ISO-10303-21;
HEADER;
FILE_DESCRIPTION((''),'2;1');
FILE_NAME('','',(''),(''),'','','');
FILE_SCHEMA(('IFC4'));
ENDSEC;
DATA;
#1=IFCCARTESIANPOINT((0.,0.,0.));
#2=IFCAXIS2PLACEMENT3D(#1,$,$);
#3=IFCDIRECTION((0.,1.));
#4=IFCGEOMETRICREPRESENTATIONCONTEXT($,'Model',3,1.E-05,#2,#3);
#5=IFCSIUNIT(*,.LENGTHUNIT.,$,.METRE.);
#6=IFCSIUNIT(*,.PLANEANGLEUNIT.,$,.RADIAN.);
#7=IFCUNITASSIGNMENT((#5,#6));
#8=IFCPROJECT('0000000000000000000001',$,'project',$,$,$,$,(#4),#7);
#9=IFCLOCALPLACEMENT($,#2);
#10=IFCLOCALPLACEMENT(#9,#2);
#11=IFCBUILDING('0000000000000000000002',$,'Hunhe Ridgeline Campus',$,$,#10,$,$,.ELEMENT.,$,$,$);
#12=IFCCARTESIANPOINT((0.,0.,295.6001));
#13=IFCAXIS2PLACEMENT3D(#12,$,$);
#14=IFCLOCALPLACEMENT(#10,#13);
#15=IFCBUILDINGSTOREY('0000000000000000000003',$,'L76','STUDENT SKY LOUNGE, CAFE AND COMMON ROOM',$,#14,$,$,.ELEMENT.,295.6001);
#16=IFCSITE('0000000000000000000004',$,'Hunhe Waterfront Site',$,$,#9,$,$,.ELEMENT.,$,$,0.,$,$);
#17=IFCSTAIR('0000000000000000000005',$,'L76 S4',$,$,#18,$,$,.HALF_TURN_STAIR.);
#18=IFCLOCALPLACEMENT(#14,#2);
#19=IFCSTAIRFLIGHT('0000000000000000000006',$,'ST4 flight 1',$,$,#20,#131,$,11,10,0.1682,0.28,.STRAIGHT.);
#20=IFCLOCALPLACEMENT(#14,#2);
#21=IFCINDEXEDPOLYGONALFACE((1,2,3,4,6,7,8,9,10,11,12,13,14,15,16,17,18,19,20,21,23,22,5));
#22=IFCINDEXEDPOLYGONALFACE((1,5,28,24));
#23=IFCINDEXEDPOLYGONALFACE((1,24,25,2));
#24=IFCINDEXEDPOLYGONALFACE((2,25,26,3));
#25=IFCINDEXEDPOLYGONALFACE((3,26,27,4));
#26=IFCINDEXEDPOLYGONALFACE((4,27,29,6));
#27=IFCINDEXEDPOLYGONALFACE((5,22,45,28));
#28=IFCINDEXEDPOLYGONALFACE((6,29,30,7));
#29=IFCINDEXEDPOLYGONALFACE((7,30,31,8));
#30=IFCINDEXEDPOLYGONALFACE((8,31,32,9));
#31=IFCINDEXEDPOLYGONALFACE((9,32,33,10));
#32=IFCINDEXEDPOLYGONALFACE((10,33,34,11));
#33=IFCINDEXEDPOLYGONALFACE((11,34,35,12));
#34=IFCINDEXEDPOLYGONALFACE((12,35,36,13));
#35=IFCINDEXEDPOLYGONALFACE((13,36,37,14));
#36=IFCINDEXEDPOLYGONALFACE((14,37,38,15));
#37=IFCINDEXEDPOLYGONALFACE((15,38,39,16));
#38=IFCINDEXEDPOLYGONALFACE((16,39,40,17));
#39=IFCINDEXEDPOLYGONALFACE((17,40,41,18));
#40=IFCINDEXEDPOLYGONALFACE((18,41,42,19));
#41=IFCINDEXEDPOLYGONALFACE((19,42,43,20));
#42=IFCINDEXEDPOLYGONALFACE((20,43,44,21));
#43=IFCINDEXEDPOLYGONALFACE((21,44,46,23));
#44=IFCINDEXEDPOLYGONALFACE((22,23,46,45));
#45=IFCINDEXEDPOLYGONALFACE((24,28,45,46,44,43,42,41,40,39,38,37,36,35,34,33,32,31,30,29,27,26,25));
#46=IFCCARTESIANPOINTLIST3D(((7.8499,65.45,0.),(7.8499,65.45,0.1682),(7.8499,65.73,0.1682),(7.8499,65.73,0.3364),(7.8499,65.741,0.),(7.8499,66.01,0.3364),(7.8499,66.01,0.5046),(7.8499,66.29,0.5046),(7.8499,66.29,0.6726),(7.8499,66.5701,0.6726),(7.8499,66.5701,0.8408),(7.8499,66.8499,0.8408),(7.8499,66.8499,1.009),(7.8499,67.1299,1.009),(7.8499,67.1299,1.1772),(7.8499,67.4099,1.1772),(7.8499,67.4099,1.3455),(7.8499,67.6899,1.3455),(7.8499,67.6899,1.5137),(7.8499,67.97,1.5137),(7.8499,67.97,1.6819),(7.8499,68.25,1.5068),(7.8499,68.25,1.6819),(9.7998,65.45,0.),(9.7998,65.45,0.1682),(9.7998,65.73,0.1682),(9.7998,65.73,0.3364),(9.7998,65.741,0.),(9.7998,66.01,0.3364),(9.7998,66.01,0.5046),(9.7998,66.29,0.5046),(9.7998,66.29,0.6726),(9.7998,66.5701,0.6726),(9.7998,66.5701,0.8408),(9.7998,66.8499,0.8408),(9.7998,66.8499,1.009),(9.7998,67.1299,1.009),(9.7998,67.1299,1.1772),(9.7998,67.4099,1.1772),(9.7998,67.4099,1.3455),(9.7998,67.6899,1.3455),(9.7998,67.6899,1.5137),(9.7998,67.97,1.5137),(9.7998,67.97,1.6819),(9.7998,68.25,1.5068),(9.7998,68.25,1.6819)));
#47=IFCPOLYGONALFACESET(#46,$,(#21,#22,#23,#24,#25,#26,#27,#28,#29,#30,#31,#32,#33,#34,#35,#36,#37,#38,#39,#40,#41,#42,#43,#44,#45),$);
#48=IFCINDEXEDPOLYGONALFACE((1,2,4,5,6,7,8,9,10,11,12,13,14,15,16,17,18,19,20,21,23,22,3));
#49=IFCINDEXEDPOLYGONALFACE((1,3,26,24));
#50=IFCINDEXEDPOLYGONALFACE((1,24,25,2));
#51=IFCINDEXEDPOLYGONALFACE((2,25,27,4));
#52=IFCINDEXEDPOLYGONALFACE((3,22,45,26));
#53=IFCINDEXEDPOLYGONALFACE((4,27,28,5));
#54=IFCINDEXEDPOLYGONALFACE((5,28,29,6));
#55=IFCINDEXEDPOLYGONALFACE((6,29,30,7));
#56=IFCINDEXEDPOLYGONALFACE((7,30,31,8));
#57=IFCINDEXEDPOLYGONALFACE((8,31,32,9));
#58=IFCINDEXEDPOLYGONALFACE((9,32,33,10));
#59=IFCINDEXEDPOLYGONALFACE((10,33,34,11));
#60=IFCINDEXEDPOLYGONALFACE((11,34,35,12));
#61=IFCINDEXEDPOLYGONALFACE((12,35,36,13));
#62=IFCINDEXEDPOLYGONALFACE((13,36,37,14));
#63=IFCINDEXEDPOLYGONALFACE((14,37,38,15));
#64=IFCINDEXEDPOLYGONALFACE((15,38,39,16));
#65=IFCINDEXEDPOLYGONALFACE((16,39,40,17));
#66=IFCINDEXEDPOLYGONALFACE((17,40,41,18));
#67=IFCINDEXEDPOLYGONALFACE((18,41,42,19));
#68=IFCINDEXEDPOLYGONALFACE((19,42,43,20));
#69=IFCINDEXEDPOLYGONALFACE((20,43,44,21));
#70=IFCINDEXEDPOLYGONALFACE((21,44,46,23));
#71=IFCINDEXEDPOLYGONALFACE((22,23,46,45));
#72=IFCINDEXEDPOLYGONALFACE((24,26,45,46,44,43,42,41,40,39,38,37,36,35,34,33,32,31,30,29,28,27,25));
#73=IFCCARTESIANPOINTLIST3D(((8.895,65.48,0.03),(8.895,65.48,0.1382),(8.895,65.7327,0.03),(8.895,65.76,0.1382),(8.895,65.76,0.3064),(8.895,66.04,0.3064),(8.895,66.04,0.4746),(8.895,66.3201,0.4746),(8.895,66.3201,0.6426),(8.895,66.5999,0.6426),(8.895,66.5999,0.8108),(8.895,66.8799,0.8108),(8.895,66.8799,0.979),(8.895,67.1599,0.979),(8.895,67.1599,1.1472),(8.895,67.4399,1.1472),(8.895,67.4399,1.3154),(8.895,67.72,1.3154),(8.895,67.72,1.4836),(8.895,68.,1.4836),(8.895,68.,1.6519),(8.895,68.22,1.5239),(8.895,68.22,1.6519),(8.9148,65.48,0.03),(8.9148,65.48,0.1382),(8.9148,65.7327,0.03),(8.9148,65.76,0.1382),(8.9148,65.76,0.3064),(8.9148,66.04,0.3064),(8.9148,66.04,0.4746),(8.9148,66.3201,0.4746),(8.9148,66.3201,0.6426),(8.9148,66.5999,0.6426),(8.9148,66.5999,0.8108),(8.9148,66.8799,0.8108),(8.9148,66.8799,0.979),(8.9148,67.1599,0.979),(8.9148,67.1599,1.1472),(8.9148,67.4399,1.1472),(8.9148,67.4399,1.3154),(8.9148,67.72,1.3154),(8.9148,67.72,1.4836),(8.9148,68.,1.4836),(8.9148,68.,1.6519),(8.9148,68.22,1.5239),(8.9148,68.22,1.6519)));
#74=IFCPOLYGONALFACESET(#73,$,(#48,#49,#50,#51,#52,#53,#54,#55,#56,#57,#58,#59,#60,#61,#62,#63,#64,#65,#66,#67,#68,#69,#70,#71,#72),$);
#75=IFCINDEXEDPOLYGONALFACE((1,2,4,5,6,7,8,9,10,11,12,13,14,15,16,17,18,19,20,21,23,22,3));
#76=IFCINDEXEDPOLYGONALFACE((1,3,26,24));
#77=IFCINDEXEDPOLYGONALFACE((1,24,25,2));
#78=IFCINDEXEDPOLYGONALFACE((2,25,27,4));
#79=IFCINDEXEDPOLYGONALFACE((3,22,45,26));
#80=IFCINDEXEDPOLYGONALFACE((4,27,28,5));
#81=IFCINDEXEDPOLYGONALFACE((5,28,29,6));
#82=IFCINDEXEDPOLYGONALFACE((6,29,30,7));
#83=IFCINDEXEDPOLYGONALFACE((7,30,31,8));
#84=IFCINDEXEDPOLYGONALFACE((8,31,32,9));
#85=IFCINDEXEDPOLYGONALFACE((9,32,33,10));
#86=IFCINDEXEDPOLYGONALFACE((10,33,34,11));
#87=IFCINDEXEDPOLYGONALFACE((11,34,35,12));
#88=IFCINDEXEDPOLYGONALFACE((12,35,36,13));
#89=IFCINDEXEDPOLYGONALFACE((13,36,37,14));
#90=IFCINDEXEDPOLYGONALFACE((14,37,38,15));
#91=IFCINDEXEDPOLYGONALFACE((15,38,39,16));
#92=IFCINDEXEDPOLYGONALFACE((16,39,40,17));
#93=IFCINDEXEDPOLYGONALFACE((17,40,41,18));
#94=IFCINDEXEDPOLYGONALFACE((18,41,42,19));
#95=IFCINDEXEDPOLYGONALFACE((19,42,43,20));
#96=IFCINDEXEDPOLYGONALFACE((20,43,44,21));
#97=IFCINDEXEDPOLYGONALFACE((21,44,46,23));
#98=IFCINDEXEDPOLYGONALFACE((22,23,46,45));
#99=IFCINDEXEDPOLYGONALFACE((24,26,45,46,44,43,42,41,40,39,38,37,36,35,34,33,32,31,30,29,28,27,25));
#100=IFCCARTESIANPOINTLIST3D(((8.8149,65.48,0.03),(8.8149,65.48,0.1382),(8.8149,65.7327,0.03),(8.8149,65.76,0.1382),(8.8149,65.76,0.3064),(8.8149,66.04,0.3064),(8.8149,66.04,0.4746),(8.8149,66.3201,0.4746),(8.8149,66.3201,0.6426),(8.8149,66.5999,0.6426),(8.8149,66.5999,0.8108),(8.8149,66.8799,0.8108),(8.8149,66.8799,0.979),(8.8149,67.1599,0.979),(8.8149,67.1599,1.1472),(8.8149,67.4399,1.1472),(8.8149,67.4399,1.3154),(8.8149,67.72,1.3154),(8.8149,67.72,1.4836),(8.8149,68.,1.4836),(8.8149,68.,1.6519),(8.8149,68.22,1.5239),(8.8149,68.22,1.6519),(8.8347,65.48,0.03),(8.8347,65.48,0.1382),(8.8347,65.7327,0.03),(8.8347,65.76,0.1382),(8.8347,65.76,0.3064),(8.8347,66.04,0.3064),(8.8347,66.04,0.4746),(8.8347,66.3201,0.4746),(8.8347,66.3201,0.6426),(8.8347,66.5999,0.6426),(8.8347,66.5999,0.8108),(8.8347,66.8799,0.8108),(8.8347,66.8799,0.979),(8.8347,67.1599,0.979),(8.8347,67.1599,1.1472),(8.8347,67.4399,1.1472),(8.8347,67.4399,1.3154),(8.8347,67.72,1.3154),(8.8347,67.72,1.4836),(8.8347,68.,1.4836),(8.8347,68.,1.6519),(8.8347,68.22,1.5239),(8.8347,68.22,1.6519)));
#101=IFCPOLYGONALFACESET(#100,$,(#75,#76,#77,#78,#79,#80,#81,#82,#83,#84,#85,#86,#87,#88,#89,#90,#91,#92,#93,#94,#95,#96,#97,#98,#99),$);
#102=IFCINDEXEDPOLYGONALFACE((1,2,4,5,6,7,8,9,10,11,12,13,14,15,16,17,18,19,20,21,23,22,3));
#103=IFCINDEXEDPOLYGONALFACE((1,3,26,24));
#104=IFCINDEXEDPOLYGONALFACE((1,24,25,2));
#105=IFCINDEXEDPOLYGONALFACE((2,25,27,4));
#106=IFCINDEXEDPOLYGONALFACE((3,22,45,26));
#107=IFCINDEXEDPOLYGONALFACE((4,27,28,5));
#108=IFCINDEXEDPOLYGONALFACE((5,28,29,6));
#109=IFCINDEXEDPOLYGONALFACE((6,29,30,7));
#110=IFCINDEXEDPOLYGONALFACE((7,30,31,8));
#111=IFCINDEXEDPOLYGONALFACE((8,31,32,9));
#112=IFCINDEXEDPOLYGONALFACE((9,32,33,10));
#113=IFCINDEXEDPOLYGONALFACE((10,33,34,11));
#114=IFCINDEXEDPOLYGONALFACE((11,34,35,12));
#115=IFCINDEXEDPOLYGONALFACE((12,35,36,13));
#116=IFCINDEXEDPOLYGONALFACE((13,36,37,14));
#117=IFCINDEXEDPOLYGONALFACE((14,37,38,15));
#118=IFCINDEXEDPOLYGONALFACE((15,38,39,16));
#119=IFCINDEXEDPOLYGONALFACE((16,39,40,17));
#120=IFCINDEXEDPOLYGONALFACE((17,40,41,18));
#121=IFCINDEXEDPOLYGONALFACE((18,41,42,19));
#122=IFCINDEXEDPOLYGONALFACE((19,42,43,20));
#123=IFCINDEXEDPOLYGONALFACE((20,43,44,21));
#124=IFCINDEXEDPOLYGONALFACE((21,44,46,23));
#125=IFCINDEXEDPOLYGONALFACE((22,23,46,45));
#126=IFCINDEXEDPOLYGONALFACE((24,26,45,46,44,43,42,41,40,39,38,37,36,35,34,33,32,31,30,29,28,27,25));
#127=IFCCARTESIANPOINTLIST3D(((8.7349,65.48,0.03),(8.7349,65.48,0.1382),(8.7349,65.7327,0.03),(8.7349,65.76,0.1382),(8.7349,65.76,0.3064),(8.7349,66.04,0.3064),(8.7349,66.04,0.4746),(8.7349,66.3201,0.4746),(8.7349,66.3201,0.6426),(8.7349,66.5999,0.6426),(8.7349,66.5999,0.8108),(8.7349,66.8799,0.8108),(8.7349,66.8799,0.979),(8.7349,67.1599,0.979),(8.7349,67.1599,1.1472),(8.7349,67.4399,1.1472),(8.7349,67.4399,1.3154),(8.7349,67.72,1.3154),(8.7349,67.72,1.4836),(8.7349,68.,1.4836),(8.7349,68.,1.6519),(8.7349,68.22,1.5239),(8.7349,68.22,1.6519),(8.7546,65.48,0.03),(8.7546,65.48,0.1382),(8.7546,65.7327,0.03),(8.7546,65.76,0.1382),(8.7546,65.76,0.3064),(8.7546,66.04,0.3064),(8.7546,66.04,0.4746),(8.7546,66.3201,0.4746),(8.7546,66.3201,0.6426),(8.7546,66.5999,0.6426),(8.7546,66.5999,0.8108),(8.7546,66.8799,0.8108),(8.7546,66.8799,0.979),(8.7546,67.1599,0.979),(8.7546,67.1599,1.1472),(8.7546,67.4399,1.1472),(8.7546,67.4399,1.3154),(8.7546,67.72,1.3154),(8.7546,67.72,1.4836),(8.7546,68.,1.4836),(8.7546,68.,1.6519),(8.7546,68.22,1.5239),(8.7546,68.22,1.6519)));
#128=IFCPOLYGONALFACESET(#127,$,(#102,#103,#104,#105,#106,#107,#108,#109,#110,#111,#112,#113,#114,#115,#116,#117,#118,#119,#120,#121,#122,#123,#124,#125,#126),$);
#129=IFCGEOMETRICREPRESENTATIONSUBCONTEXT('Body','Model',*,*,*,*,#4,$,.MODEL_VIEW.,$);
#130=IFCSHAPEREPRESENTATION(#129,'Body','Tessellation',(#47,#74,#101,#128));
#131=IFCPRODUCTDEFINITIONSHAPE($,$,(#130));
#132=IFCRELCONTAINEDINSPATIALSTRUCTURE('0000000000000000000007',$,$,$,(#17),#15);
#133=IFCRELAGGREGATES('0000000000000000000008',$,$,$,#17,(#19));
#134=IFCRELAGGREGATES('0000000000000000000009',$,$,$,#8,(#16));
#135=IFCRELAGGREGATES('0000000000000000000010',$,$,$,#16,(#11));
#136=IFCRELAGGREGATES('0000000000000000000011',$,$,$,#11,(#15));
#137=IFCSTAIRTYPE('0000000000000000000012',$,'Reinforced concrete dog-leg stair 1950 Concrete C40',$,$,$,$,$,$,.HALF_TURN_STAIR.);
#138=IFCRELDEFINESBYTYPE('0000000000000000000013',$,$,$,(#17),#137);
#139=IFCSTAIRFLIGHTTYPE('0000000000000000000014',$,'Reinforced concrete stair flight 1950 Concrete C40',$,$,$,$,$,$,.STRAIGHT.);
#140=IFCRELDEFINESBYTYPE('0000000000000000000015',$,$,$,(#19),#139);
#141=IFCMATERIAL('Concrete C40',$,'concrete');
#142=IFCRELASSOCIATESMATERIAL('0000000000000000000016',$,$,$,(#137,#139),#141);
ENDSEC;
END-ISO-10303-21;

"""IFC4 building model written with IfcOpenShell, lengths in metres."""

from ifc_helpers import new_model, si_unit, direction, frame, origin, place, context, subcontext, project, spatial, polyline, outline, extrude, material, type_object, element, aggregate, save


model = new_model("IFC4")

# Units and contexts
model_context = context("Model", 3, precision=1e-05, world=origin(), true_north=direction((0.0, 1.0)))
body_context = subcontext(model_context, "Body", "Model", "MODEL_VIEW")
ifc_project = project(units=[si_unit("LENGTHUNIT", "METRE"), si_unit("PLANEANGLEUNIT", "RADIAN")], contexts=[model_context])

# Site, building, storey
site_placement = place(None, origin())
site = spatial("IfcSite", under=ifc_project, at=site_placement, Name="Hunhe Waterfront Site", CompositionType="ELEMENT", RefElevation=0.0)
building_placement = place(site_placement, origin())
building = spatial("IfcBuilding", under=site, at=building_placement, Name="Hunhe Ridgeline Campus", CompositionType="ELEMENT")
storey_placement = place(building_placement, frame((0.0, 0.0, 295.6001)))
storey = spatial("IfcBuildingStorey", under=building, at=storey_placement, Name="L76", Description="STUDENT SKY LOUNGE, CAFE AND COMMON ROOM", CompositionType="ELEMENT", Elevation=295.6001)

# Stair, stair flight
ifc_material_1 = material(Name="Concrete C40", Category="concrete")
stair_type = type_object("IfcStairType", Name="Reinforced concrete dog-leg stair 1950 Concrete C40", PredefinedType="HALF_TURN_STAIR", material=ifc_material_1)
stair_flight_type = type_object("IfcStairFlightType", Name="Reinforced concrete stair flight 1950 Concrete C40", PredefinedType="STRAIGHT", material=ifc_material_1)
stair_1_placement = place(storey_placement, origin())
stair_1 = element("IfcStair", 1, at=stair_1_placement, inside=storey, type_object=stair_type, Name="L76 S4", PredefinedType="HALF_TURN_STAIR")
stair_flight_1_placement = place(storey_placement, frame((8.825, 65.45, 0.0), z_axis=(0.0, 0.0, 1.0), x_axis=(0.0, 1.0, 0.0)))
stair_flight_1 = element("IfcStairFlight", 2, at=stair_flight_1_placement, type_object=stair_flight_type, Name="ST4 flight 1", NumberOfRisers=11, NumberOfTreads=10, PredefinedType="STRAIGHT", RiserHeight=0.1682, TreadLength=0.28, context=body_context, shape_type="SweptSolid", body=[
    extrude(outline(polyline([(0.0, 0.0), (0.0, 0.1682), (0.28, 0.1682), (0.28, 0.3364), (0.5601, 0.3364), (0.5601, 0.5046), (0.8401, 0.5046), (0.8401, 0.6726), (1.1201, 0.6726), (1.1201, 0.8408), (1.3999, 0.8408), (1.3999, 1.009), (1.6799, 1.009), (1.6799, 1.1772), (1.96, 1.1772), (1.96, 1.3455), (2.24, 1.3455), (2.24, 1.5137), (2.52, 1.5137), (2.52, 1.6819), (2.8, 1.6819), (2.8, 1.8501), (2.8, 1.5068), (0.291, 0.0), (0.0, 0.0)])), frame((0.0, 0.9751, 0.0), z_axis=(0.0, -1.0, 0.0), x_axis=(1.0, 0.0, 0.0)), (0.0, 0.0, 1.0), 1.95),
    extrude(outline(polyline([(0.03, 0.03), (0.03, 0.1382), (0.3101, 0.1382), (0.3101, 0.3064), (0.5901, 0.3064), (0.5901, 0.4746), (0.8701, 0.4746), (0.8701, 0.6426), (1.1499, 0.6426), (1.1499, 0.8108), (1.4299, 0.8108), (1.4299, 0.979), (1.71, 0.979), (1.71, 1.1472), (1.99, 1.1472), (1.99, 1.3154), (2.27, 1.3154), (2.27, 1.4836), (2.55, 1.4836), (2.55, 1.6519), (2.77, 1.6519), (2.77, 1.5239), (0.2827, 0.03), (0.03, 0.03)])), frame((0.0, -0.0701, 0.0), z_axis=(0.0, -1.0, 0.0), x_axis=(1.0, 0.0, 0.0)), (0.0, 0.0, 1.0), 0.0198),
    extrude(outline(polyline([(0.03, 0.03), (0.03, 0.1382), (0.3101, 0.1382), (0.3101, 0.3064), (0.5901, 0.3064), (0.5901, 0.4746), (0.8701, 0.4746), (0.8701, 0.6426), (1.1499, 0.6426), (1.1499, 0.8108), (1.4299, 0.8108), (1.4299, 0.979), (1.71, 0.979), (1.71, 1.1472), (1.99, 1.1472), (1.99, 1.3154), (2.27, 1.3154), (2.27, 1.4836), (2.55, 1.4836), (2.55, 1.6519), (2.77, 1.6519), (2.77, 1.5239), (0.2827, 0.03), (0.03, 0.03)])), frame((0.0, 0.01, 0.0), z_axis=(0.0, -1.0, 0.0), x_axis=(1.0, 0.0, 0.0)), (0.0, 0.0, 1.0), 0.0198),
    extrude(outline(polyline([(0.03, 0.03), (0.03, 0.1382), (0.3101, 0.1382), (0.3101, 0.3064), (0.5901, 0.3064), (0.5901, 0.4746), (0.8701, 0.4746), (0.8701, 0.6426), (1.1499, 0.6426), (1.1499, 0.8108), (1.4299, 0.8108), (1.4299, 0.979), (1.71, 0.979), (1.71, 1.1472), (1.99, 1.1472), (1.99, 1.3154), (2.27, 1.3154), (2.27, 1.4836), (2.55, 1.4836), (2.55, 1.6519), (2.77, 1.6519), (2.77, 1.5239), (0.2827, 0.03), (0.03, 0.03)])), frame((0.0, 0.0901, 0.0), z_axis=(0.0, -1.0, 0.0), x_axis=(1.0, 0.0, 0.0)), (0.0, 0.0, 1.0), 0.0198),
])
aggregate(stair_1, [stair_flight_1])

save(model, "model.ifc")
